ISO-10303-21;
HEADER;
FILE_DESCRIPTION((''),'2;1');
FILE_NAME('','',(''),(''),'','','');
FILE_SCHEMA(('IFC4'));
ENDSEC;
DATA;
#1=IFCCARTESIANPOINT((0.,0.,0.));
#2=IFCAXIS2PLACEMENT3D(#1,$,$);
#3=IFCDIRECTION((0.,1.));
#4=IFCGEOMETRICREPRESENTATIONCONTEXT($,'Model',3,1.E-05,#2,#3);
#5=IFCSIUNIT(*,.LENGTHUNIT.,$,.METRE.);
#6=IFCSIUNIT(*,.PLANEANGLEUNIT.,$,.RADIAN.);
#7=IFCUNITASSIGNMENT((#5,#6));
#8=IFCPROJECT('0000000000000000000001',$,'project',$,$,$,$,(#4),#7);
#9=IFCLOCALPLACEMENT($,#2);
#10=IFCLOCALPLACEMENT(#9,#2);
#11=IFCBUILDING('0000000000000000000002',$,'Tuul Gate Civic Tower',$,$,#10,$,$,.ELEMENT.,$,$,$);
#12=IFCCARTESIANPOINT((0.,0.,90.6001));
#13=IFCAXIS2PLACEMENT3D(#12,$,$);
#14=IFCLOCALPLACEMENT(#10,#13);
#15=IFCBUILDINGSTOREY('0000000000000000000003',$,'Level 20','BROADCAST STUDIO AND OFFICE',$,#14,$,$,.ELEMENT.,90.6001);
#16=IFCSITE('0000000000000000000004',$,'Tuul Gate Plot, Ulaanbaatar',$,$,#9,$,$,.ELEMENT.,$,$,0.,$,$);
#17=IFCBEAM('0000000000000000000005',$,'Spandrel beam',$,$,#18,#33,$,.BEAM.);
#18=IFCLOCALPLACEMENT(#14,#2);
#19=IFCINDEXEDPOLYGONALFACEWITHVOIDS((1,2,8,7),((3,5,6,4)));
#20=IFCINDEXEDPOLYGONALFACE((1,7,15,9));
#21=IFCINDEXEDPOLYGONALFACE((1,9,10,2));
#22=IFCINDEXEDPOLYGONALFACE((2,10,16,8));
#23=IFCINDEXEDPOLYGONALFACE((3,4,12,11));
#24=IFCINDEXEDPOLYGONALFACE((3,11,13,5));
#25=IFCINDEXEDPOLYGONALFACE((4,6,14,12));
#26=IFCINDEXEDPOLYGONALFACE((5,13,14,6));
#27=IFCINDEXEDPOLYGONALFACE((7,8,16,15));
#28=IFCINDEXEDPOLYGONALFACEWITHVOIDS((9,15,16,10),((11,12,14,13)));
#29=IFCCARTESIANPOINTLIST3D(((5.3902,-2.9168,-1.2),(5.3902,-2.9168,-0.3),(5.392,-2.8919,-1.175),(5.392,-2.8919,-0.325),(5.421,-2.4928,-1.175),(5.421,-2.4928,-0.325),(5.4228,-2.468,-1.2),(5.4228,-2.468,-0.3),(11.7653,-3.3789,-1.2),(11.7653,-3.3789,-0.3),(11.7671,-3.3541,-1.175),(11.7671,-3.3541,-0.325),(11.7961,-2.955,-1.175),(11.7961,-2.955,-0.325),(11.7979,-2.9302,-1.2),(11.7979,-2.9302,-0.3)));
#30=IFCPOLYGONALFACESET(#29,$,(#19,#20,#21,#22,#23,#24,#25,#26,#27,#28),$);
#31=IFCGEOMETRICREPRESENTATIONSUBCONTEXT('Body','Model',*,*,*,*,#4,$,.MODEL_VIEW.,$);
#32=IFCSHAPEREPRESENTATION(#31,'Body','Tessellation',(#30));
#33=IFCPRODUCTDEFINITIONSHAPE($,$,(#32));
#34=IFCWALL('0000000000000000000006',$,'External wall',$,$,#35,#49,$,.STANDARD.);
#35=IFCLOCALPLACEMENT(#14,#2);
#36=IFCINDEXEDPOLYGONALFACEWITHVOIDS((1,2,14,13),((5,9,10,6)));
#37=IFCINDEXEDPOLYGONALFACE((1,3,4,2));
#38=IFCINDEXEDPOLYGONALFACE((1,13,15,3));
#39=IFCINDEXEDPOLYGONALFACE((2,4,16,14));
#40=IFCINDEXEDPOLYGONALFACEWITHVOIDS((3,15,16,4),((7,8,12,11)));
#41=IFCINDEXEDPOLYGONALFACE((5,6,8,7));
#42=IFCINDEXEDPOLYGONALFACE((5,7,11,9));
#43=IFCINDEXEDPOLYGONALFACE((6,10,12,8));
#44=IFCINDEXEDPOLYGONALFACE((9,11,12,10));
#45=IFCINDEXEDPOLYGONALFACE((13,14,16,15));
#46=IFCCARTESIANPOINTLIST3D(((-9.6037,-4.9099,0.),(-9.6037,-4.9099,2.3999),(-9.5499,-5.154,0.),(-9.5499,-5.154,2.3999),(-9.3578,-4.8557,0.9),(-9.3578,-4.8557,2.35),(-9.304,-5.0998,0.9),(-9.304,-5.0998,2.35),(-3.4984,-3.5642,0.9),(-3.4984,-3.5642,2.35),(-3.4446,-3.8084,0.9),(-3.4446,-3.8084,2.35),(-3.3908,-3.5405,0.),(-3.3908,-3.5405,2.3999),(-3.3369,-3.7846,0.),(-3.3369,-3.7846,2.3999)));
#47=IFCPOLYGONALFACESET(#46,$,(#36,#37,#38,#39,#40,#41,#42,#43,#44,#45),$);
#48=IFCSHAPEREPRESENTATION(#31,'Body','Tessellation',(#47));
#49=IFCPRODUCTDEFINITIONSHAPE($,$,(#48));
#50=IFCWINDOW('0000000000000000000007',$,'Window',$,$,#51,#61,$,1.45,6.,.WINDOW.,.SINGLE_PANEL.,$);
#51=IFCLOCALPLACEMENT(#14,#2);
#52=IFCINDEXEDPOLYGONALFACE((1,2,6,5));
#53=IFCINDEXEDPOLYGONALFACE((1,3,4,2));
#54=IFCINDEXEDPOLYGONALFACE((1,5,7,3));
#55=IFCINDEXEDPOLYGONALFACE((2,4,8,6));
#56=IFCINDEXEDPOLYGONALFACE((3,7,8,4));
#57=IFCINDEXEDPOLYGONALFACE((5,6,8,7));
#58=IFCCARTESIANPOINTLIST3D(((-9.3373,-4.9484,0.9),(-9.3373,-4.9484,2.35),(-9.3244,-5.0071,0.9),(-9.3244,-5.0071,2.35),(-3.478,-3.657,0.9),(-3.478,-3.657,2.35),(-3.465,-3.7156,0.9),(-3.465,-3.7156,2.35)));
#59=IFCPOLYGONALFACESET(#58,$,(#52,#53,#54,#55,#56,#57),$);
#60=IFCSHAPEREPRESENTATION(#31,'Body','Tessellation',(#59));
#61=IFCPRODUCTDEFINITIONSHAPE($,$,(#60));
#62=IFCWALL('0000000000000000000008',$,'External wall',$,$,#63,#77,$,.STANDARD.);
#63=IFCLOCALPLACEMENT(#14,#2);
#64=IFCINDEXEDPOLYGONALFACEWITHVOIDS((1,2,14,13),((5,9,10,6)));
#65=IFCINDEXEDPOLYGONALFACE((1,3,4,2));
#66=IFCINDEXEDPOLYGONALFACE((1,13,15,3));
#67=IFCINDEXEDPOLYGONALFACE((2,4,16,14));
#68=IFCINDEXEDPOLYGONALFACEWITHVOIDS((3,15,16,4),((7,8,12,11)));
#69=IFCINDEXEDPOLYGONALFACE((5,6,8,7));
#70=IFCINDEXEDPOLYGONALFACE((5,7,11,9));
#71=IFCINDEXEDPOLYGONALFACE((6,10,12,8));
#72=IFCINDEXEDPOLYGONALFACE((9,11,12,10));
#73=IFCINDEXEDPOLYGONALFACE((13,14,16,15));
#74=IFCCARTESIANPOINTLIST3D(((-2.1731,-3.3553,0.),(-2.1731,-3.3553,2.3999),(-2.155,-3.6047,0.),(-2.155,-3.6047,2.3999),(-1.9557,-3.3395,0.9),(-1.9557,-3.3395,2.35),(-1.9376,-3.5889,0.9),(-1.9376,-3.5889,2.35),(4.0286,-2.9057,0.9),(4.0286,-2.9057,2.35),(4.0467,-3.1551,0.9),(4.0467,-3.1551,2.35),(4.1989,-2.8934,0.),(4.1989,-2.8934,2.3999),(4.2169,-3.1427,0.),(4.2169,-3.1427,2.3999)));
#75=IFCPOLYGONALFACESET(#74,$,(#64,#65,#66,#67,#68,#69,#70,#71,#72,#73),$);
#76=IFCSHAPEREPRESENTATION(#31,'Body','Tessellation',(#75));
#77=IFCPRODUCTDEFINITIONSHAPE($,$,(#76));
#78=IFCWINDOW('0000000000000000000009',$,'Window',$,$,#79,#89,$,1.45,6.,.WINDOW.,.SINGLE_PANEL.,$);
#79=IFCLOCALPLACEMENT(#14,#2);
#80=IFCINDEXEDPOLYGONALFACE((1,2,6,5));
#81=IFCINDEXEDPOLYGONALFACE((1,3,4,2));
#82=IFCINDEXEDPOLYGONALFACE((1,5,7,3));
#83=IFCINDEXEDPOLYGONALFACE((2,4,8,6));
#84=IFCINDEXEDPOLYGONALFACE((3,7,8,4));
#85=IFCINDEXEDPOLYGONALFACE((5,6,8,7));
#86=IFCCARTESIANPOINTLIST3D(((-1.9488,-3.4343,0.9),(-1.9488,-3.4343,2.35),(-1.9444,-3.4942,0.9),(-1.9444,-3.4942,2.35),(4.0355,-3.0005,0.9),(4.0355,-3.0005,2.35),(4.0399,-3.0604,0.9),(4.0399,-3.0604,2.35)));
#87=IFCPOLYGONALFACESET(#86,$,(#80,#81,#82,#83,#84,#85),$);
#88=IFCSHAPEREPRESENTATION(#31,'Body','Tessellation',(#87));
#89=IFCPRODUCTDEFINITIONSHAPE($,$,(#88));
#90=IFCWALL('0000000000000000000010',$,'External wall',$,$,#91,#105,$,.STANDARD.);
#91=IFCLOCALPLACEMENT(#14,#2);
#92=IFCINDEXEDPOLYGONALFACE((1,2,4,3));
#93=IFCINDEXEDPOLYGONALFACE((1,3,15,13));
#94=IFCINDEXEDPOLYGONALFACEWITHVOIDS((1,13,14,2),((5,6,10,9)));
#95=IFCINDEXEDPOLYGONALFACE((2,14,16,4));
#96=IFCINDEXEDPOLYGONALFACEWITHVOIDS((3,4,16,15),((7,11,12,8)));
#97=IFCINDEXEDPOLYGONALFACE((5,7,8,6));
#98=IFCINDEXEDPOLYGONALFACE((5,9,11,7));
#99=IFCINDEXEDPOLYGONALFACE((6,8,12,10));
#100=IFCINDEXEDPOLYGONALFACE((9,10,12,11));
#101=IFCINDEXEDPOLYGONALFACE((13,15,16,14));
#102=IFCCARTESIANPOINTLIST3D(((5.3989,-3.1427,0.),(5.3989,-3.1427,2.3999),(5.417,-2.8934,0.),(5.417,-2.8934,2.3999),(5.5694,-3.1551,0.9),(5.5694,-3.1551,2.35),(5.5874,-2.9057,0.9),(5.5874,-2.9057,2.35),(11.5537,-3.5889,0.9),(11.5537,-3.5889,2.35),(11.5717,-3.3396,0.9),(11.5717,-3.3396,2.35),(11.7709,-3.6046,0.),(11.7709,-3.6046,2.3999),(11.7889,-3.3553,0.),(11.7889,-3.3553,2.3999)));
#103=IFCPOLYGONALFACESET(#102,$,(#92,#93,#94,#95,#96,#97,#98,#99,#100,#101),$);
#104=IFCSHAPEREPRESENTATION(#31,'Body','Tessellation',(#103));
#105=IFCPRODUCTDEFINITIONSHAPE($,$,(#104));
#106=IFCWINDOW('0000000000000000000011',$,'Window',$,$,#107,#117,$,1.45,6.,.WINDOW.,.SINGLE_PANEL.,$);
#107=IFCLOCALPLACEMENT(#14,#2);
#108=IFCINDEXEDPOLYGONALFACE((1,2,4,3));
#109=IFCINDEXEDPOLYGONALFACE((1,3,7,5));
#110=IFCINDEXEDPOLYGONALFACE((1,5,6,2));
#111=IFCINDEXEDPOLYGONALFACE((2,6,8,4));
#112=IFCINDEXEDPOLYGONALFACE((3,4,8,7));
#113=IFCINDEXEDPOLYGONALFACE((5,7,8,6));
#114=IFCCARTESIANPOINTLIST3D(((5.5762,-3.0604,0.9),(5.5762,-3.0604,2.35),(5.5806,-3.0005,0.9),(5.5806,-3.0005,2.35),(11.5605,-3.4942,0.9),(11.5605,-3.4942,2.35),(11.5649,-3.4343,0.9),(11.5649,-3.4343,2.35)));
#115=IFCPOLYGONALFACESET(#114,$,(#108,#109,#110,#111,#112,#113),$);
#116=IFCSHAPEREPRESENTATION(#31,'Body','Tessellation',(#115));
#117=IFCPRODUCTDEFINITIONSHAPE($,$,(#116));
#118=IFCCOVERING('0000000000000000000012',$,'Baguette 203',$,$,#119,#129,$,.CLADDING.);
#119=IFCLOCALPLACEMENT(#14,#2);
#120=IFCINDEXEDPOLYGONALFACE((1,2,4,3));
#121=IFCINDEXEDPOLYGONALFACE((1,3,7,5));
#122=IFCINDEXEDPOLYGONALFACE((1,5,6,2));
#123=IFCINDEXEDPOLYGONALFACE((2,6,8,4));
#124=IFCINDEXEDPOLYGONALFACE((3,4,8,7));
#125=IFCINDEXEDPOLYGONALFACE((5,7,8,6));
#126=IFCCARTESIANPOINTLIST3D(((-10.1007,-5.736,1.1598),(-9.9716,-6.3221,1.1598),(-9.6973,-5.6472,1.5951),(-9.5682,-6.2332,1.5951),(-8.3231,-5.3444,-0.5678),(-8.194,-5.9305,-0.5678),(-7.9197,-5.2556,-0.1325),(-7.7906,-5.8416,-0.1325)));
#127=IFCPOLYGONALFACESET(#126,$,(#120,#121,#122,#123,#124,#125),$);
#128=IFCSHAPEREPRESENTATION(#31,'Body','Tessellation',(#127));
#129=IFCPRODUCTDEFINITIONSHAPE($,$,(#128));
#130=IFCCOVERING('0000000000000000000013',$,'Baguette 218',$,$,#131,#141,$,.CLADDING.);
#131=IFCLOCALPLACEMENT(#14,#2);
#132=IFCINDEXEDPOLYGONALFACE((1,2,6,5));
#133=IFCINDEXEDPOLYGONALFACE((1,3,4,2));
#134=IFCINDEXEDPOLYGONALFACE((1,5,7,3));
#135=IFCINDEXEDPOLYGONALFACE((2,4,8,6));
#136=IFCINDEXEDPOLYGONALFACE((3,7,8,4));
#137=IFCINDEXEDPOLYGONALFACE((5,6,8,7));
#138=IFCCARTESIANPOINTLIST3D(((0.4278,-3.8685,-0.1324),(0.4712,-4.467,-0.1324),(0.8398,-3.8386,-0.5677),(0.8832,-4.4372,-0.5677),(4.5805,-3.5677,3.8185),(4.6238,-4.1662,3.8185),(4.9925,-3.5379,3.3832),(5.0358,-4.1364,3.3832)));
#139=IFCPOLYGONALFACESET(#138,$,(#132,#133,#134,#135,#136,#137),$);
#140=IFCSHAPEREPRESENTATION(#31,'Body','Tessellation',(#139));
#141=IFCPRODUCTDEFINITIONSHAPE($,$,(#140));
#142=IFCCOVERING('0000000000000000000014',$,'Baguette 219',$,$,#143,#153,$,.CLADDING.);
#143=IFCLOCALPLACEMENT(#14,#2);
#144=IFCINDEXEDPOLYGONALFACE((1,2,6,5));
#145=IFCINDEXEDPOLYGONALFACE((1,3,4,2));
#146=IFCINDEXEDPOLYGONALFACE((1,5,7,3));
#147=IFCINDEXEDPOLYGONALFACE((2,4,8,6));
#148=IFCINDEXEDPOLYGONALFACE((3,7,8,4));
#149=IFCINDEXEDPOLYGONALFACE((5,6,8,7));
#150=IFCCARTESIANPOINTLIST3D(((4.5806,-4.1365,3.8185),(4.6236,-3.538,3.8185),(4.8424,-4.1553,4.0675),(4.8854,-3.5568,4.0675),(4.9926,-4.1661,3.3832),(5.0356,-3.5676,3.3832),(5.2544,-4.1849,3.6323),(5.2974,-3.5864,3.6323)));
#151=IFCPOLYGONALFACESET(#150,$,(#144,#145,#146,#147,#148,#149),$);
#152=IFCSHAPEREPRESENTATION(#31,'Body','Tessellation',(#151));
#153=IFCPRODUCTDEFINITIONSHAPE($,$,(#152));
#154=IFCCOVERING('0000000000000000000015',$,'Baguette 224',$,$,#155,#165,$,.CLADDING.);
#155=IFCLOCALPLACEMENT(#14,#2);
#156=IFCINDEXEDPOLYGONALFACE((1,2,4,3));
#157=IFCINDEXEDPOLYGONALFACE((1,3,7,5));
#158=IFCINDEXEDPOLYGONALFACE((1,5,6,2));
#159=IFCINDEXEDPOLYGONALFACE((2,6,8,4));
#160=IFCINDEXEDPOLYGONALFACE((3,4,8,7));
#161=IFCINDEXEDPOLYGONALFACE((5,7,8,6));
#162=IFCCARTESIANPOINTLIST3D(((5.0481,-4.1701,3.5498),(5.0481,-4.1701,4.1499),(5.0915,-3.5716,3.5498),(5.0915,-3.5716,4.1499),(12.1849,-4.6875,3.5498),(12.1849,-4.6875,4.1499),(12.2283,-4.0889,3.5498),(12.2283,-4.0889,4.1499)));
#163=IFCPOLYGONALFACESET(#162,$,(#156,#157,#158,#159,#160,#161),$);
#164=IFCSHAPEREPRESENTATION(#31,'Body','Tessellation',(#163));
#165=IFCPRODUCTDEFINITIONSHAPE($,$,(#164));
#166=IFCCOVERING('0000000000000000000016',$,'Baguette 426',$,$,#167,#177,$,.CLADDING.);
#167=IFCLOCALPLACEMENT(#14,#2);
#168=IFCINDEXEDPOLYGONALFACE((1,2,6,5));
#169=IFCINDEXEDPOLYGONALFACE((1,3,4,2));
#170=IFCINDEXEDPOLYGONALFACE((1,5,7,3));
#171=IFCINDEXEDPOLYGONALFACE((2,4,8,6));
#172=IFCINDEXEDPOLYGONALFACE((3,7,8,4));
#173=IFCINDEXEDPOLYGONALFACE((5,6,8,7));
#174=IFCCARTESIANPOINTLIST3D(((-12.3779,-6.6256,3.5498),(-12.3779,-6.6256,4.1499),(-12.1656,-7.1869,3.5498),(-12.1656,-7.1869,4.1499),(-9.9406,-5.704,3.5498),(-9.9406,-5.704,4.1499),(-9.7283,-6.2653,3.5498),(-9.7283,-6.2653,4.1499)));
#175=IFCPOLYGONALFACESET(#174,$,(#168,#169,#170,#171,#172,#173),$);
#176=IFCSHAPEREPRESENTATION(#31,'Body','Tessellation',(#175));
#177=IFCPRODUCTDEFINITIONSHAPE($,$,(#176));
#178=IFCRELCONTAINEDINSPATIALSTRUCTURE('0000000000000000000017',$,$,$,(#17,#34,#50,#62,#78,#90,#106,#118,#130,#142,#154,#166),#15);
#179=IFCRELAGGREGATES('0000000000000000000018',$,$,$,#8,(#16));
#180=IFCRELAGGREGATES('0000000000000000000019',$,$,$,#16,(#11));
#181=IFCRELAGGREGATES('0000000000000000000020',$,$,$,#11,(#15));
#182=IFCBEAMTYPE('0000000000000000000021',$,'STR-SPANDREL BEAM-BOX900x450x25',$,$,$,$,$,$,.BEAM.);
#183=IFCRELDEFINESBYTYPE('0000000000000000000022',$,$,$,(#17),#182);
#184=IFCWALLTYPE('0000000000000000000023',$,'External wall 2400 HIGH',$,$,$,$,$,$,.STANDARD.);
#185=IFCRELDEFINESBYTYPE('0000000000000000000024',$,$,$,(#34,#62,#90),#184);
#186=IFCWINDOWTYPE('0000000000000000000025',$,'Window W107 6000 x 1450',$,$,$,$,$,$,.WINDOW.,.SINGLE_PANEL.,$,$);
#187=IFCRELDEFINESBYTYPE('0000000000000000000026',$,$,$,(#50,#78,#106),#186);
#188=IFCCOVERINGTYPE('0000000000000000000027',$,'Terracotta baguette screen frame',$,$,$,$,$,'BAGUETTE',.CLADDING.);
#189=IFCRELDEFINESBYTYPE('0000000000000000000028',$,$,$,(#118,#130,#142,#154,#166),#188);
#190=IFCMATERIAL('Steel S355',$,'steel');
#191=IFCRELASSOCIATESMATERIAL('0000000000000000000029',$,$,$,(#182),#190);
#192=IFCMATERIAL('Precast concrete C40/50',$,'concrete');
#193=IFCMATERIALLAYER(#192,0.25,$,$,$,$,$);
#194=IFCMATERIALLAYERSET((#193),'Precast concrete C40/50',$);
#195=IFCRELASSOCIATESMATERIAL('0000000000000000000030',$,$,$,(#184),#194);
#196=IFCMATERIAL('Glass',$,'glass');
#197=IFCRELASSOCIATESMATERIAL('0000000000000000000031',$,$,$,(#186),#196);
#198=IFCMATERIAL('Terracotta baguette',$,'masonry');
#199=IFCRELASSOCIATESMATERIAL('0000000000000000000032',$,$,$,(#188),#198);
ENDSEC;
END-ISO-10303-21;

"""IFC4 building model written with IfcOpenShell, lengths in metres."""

from ifc_helpers import new_model, si_unit, direction, frame, frame_2d, origin, origin_2d, place, context, subcontext, project, spatial, rectangle, hollow_rectangle, extrude, material, layer, layer_set, material_profile, profile_set, type_object, element, fill, save


model = new_model("IFC4")

# Units and contexts
model_context = context("Model", 3, precision=1e-05, world=origin(), true_north=direction((0.0, 1.0)))
body_context = subcontext(model_context, "Body", "Model", "MODEL_VIEW")
ifc_project = project(units=[si_unit("LENGTHUNIT", "METRE"), si_unit("PLANEANGLEUNIT", "RADIAN")], contexts=[model_context])

# Site, building, storey
site_placement = place(None, origin())
site = spatial("IfcSite", under=ifc_project, at=site_placement, Name="Tuul Gate Plot, Ulaanbaatar", CompositionType="ELEMENT", RefElevation=0.0)
building_placement = place(site_placement, origin())
building = spatial("IfcBuilding", under=site, at=building_placement, Name="Tuul Gate Civic Tower", CompositionType="ELEMENT")
storey_placement = place(building_placement, frame((0.0, 0.0, 90.6001)))
storey = spatial("IfcBuildingStorey", under=building, at=storey_placement, Name="Level 20", Description="BROADCAST STUDIO AND OFFICE", CompositionType="ELEMENT", Elevation=90.6001)

# Beam
ifc_material_1 = material(Name="Steel S355", Category="steel")
ifc_material_profile_1 = material_profile(ifc_material_1, hollow_rectangle(XDim=0.45, YDim=0.8999, WallThickness=0.0249, at=origin_2d()), Name="BOX900x450x25")
ifc_profile_set_1 = profile_set([ifc_material_profile_1], Name="Steel S355")
beam_type_1 = type_object("IfcBeamType", Name="STR-SPANDREL BEAM-BOX900x450x25", PredefinedType="BEAM", material=ifc_profile_set_1)
for number, where, z_axis, x_axis, name in (
    (1, (5.4065, -2.6924, -0.75), (0.997383, -0.072306, 0.0), (0.072306, 0.997383, 0.0), "Spandrel beam"),
):
    element("IfcBeam", number, at=place(storey_placement, frame(where, z_axis=z_axis, x_axis=x_axis)), inside=storey, type_object=beam_type_1, Name=name, PredefinedType="BEAM", context=body_context, shape_type="SweptSolid", body=[
        extrude(hollow_rectangle(XDim=0.45, YDim=0.8999, WallThickness=0.0249, at=origin_2d()), origin(), (0.0, 0.0, 1.0), 6.3918),
    ])

# Walls, openings, windows
ifc_material_2 = material(Name="Precast concrete C40/50", Category="concrete")
ifc_layer = layer(ifc_material_2, 0.25)
ifc_layer_set = layer_set([ifc_layer], Name="Precast concrete C40/50")
wall_type = type_object("IfcWallType", Name="External wall 2400 HIGH", PredefinedType="STANDARD", material=ifc_layer_set)
wall_1_placement = place(storey_placement, frame((-9.5769, -5.032, 0.0), z_axis=(0.0, 0.0, 1.0), x_axis=(0.97656, 0.215244, 0.0)))
wall_1 = element("IfcWall", 2, at=wall_1_placement, inside=storey, type_object=wall_type, Name="External wall", PredefinedType="STANDARD", context=body_context, shape_type="SweptSolid", body=[
    extrude(rectangle(XDim=6.3621, YDim=0.25, at=frame_2d((3.1812, 0.0))), origin(), (0.0, 0.0, 1.0), 2.3999),
])
opening_1_placement = place(wall_1_placement, frame((0.252, 0.0, 0.8999)))
opening_1 = element("IfcOpeningElement", 3, at=opening_1_placement, cuts=wall_1, PredefinedType="OPENING", context=body_context, shape_type="SweptSolid", body=[
    extrude(rectangle(XDim=6.0, YDim=1.45, at=frame_2d((3.0, 0.7251))), frame((0.0, 0.135, 0.0), z_axis=(0.0, -1.0, 0.0), x_axis=(1.0, 0.0, 0.0)), (0.0, 0.0, 1.0), 0.27),
])
ifc_material_3 = material(Name="Glass", Category="glass")
window_type = type_object("IfcWindowType", Name="Window W107 6000 x 1450", PartitioningType="SINGLE_PANEL", PredefinedType="WINDOW", material=ifc_material_3)
window_1_placement = place(opening_1_placement, origin())
window_1 = element("IfcWindow", 4, at=window_1_placement, inside=storey, type_object=window_type, Name="Window", OverallHeight=1.45, OverallWidth=6.0, PartitioningType="SINGLE_PANEL", PredefinedType="WINDOW", context=body_context, shape_type="SweptSolid", body=[
    extrude(rectangle(XDim=6.0, YDim=1.45, at=frame_2d((3.0, 0.7251))), frame((0.0, 0.03, 0.0), z_axis=(0.0, -1.0, 0.0), x_axis=(1.0, 0.0, 0.0)), (0.0, 0.0, 1.0), 0.0601),
])
fill(opening_1, window_1)
wall_2_placement = place(storey_placement, frame((-2.1641, -3.48, 0.0), z_axis=(0.0, 0.0, 1.0), x_axis=(0.997383, 0.072301, 0.0)))
wall_2 = element("IfcWall", 5, at=wall_2_placement, inside=storey, type_object=wall_type, Name="External wall", PredefinedType="STANDARD", context=body_context, shape_type="SweptSolid", body=[
    extrude(rectangle(XDim=6.3887, YDim=0.25, at=frame_2d((3.1943, 0.0))), origin(), (0.0, 0.0, 1.0), 2.3999),
])
opening_2_placement = place(wall_2_placement, frame((0.218, 0.0, 0.8999)))
opening_2 = element("IfcOpeningElement", 6, at=opening_2_placement, cuts=wall_2, PredefinedType="OPENING", context=body_context, shape_type="SweptSolid", body=[
    extrude(rectangle(XDim=6.0, YDim=1.45, at=frame_2d((3.0, 0.7251))), frame((0.0, 0.135, 0.0), z_axis=(0.0, -1.0, 0.0), x_axis=(1.0, 0.0, 0.0)), (0.0, 0.0, 1.0), 0.27),
])
window_2_placement = place(opening_2_placement, origin())
window_2 = element("IfcWindow", 7, at=window_2_placement, inside=storey, type_object=window_type, Name="Window", OverallHeight=1.45, OverallWidth=6.0, PartitioningType="SINGLE_PANEL", PredefinedType="WINDOW", context=body_context, shape_type="SweptSolid", body=[
    extrude(rectangle(XDim=6.0, YDim=1.45, at=frame_2d((3.0, 0.7251))), frame((0.0, 0.03, 0.0), z_axis=(0.0, -1.0, 0.0), x_axis=(1.0, 0.0, 0.0)), (0.0, 0.0, 1.0), 0.0601),
])
fill(opening_2, window_2)
wall_3_placement = place(storey_placement, frame((5.408, -3.0181, 0.0), z_axis=(0.0, 0.0, 1.0), x_axis=(0.997383, -0.072301, 0.0)))
wall_3 = element("IfcWall", 8, at=wall_3_placement, inside=storey, type_object=wall_type, Name="External wall", PredefinedType="STANDARD", context=body_context, shape_type="SweptSolid", body=[
    extrude(rectangle(XDim=6.3887, YDim=0.25, at=frame_2d((3.1943, 0.0))), origin(), (0.0, 0.0, 1.0), 2.3999),
])
opening_3_placement = place(wall_3_placement, frame((0.1709, 0.0, 0.8999)))
opening_3 = element("IfcOpeningElement", 9, at=opening_3_placement, cuts=wall_3, PredefinedType="OPENING", context=body_context, shape_type="SweptSolid", body=[
    extrude(rectangle(XDim=6.0, YDim=1.45, at=frame_2d((3.0, 0.7251))), frame((0.0, 0.135, 0.0), z_axis=(0.0, -1.0, 0.0), x_axis=(1.0, 0.0, 0.0)), (0.0, 0.0, 1.0), 0.27),
])
window_3_placement = place(opening_3_placement, origin())
window_3 = element("IfcWindow", 10, at=window_3_placement, inside=storey, type_object=window_type, Name="Window", OverallHeight=1.45, OverallWidth=6.0, PartitioningType="SINGLE_PANEL", PredefinedType="WINDOW", context=body_context, shape_type="SweptSolid", body=[
    extrude(rectangle(XDim=6.0, YDim=1.45, at=frame_2d((3.0, 0.7251))), frame((0.0, 0.03, 0.0), z_axis=(0.0, -1.0, 0.0), x_axis=(1.0, 0.0, 0.0)), (0.0, 0.0, 1.0), 0.0601),
])
fill(opening_3, window_3)

# Coverings
ifc_material_4 = material(Name="Terracotta baguette", Category="masonry")
ifc_material_profile_2 = material_profile(ifc_material_4, rectangle(XDim=0.6001, YDim=0.6001, at=origin_2d()), Name="Terracotta baguette screen frame")
ifc_profile_set_2 = profile_set([ifc_material_profile_2], Name="Terracotta baguette")
covering_type = type_object("IfcCoveringType", Name="Terracotta baguette screen frame", ElementType="BAGUETTE", PredefinedType="CLADDING", material=ifc_profile_set_2)
covering_1_placement = place(storey_placement, frame((-9.8345, -5.9846, 1.3774), z_axis=(0.708345, 0.156048, -0.688401), x_axis=(-0.215141, 0.976583, 0.0)))
element("IfcCovering", 11, at=covering_1_placement, inside=storey, type_object=covering_type, Name="Baguette 203", PredefinedType="CLADDING", context=body_context, shape_type="SweptSolid", body=[
    extrude(rectangle(XDim=0.6001, YDim=0.6001, at=origin_2d()), origin(), (0.0, 0.0, 1.0), 2.5095),
])
covering_2_placement = place(storey_placement, frame((0.6555, -4.1528, -0.3501), z_axis=(0.723484, 0.052404, 0.68835), x_axis=(-0.072243, 0.997387, 0.0)))
element("IfcCovering", 12, at=covering_2_placement, inside=storey, type_object=covering_type, Name="Baguette 218", PredefinedType="CLADDING", context=body_context, shape_type="SweptSolid", body=[
    extrude(rectangle(XDim=0.6001, YDim=0.6001, at=origin_2d()), origin(), (0.0, 0.0, 1.0), 5.7397),
])
covering_3_placement = place(storey_placement, frame((4.8081, -3.8521, 3.6008), z_axis=(0.72348, -0.051966, 0.688386), x_axis=(0.071644, 0.99743, 0.0)))
element("IfcCovering", 13, at=covering_3_placement, inside=storey, type_object=covering_type, Name="Baguette 219", PredefinedType="CLADDING", context=body_context, shape_type="SweptSolid", body=[
    extrude(rectangle(XDim=0.6001, YDim=0.6001, at=origin_2d()), origin(), (0.0, 0.0, 1.0), 0.3618),
])
covering_4_placement = place(storey_placement, frame((5.0698, -3.8708, 3.8499), z_axis=(0.997383, -0.072299, 0.0), x_axis=(0.072299, 0.997383, 0.0)))
element("IfcCovering", 14, at=covering_4_placement, inside=storey, type_object=covering_type, Name="Baguette 224", PredefinedType="CLADDING", context=body_context, shape_type="SweptSolid", body=[
    extrude(rectangle(XDim=0.6001, YDim=0.6001, at=origin_2d()), origin(), (0.0, 0.0, 1.0), 7.1555),
])
covering_5_placement = place(storey_placement, frame((-12.2717, -6.9062, 3.8499), z_axis=(0.935359, 0.353699, 0.0), x_axis=(-0.353699, 0.935359, 0.0)))
element("IfcCovering", 15, at=covering_5_placement, inside=storey, type_object=covering_type, Name="Baguette 426", PredefinedType="CLADDING", context=body_context, shape_type="SweptSolid", body=[
    extrude(rectangle(XDim=0.6001, YDim=0.6001, at=origin_2d()), origin(), (0.0, 0.0, 1.0), 2.6057),
])

save(model, "model.ifc")
